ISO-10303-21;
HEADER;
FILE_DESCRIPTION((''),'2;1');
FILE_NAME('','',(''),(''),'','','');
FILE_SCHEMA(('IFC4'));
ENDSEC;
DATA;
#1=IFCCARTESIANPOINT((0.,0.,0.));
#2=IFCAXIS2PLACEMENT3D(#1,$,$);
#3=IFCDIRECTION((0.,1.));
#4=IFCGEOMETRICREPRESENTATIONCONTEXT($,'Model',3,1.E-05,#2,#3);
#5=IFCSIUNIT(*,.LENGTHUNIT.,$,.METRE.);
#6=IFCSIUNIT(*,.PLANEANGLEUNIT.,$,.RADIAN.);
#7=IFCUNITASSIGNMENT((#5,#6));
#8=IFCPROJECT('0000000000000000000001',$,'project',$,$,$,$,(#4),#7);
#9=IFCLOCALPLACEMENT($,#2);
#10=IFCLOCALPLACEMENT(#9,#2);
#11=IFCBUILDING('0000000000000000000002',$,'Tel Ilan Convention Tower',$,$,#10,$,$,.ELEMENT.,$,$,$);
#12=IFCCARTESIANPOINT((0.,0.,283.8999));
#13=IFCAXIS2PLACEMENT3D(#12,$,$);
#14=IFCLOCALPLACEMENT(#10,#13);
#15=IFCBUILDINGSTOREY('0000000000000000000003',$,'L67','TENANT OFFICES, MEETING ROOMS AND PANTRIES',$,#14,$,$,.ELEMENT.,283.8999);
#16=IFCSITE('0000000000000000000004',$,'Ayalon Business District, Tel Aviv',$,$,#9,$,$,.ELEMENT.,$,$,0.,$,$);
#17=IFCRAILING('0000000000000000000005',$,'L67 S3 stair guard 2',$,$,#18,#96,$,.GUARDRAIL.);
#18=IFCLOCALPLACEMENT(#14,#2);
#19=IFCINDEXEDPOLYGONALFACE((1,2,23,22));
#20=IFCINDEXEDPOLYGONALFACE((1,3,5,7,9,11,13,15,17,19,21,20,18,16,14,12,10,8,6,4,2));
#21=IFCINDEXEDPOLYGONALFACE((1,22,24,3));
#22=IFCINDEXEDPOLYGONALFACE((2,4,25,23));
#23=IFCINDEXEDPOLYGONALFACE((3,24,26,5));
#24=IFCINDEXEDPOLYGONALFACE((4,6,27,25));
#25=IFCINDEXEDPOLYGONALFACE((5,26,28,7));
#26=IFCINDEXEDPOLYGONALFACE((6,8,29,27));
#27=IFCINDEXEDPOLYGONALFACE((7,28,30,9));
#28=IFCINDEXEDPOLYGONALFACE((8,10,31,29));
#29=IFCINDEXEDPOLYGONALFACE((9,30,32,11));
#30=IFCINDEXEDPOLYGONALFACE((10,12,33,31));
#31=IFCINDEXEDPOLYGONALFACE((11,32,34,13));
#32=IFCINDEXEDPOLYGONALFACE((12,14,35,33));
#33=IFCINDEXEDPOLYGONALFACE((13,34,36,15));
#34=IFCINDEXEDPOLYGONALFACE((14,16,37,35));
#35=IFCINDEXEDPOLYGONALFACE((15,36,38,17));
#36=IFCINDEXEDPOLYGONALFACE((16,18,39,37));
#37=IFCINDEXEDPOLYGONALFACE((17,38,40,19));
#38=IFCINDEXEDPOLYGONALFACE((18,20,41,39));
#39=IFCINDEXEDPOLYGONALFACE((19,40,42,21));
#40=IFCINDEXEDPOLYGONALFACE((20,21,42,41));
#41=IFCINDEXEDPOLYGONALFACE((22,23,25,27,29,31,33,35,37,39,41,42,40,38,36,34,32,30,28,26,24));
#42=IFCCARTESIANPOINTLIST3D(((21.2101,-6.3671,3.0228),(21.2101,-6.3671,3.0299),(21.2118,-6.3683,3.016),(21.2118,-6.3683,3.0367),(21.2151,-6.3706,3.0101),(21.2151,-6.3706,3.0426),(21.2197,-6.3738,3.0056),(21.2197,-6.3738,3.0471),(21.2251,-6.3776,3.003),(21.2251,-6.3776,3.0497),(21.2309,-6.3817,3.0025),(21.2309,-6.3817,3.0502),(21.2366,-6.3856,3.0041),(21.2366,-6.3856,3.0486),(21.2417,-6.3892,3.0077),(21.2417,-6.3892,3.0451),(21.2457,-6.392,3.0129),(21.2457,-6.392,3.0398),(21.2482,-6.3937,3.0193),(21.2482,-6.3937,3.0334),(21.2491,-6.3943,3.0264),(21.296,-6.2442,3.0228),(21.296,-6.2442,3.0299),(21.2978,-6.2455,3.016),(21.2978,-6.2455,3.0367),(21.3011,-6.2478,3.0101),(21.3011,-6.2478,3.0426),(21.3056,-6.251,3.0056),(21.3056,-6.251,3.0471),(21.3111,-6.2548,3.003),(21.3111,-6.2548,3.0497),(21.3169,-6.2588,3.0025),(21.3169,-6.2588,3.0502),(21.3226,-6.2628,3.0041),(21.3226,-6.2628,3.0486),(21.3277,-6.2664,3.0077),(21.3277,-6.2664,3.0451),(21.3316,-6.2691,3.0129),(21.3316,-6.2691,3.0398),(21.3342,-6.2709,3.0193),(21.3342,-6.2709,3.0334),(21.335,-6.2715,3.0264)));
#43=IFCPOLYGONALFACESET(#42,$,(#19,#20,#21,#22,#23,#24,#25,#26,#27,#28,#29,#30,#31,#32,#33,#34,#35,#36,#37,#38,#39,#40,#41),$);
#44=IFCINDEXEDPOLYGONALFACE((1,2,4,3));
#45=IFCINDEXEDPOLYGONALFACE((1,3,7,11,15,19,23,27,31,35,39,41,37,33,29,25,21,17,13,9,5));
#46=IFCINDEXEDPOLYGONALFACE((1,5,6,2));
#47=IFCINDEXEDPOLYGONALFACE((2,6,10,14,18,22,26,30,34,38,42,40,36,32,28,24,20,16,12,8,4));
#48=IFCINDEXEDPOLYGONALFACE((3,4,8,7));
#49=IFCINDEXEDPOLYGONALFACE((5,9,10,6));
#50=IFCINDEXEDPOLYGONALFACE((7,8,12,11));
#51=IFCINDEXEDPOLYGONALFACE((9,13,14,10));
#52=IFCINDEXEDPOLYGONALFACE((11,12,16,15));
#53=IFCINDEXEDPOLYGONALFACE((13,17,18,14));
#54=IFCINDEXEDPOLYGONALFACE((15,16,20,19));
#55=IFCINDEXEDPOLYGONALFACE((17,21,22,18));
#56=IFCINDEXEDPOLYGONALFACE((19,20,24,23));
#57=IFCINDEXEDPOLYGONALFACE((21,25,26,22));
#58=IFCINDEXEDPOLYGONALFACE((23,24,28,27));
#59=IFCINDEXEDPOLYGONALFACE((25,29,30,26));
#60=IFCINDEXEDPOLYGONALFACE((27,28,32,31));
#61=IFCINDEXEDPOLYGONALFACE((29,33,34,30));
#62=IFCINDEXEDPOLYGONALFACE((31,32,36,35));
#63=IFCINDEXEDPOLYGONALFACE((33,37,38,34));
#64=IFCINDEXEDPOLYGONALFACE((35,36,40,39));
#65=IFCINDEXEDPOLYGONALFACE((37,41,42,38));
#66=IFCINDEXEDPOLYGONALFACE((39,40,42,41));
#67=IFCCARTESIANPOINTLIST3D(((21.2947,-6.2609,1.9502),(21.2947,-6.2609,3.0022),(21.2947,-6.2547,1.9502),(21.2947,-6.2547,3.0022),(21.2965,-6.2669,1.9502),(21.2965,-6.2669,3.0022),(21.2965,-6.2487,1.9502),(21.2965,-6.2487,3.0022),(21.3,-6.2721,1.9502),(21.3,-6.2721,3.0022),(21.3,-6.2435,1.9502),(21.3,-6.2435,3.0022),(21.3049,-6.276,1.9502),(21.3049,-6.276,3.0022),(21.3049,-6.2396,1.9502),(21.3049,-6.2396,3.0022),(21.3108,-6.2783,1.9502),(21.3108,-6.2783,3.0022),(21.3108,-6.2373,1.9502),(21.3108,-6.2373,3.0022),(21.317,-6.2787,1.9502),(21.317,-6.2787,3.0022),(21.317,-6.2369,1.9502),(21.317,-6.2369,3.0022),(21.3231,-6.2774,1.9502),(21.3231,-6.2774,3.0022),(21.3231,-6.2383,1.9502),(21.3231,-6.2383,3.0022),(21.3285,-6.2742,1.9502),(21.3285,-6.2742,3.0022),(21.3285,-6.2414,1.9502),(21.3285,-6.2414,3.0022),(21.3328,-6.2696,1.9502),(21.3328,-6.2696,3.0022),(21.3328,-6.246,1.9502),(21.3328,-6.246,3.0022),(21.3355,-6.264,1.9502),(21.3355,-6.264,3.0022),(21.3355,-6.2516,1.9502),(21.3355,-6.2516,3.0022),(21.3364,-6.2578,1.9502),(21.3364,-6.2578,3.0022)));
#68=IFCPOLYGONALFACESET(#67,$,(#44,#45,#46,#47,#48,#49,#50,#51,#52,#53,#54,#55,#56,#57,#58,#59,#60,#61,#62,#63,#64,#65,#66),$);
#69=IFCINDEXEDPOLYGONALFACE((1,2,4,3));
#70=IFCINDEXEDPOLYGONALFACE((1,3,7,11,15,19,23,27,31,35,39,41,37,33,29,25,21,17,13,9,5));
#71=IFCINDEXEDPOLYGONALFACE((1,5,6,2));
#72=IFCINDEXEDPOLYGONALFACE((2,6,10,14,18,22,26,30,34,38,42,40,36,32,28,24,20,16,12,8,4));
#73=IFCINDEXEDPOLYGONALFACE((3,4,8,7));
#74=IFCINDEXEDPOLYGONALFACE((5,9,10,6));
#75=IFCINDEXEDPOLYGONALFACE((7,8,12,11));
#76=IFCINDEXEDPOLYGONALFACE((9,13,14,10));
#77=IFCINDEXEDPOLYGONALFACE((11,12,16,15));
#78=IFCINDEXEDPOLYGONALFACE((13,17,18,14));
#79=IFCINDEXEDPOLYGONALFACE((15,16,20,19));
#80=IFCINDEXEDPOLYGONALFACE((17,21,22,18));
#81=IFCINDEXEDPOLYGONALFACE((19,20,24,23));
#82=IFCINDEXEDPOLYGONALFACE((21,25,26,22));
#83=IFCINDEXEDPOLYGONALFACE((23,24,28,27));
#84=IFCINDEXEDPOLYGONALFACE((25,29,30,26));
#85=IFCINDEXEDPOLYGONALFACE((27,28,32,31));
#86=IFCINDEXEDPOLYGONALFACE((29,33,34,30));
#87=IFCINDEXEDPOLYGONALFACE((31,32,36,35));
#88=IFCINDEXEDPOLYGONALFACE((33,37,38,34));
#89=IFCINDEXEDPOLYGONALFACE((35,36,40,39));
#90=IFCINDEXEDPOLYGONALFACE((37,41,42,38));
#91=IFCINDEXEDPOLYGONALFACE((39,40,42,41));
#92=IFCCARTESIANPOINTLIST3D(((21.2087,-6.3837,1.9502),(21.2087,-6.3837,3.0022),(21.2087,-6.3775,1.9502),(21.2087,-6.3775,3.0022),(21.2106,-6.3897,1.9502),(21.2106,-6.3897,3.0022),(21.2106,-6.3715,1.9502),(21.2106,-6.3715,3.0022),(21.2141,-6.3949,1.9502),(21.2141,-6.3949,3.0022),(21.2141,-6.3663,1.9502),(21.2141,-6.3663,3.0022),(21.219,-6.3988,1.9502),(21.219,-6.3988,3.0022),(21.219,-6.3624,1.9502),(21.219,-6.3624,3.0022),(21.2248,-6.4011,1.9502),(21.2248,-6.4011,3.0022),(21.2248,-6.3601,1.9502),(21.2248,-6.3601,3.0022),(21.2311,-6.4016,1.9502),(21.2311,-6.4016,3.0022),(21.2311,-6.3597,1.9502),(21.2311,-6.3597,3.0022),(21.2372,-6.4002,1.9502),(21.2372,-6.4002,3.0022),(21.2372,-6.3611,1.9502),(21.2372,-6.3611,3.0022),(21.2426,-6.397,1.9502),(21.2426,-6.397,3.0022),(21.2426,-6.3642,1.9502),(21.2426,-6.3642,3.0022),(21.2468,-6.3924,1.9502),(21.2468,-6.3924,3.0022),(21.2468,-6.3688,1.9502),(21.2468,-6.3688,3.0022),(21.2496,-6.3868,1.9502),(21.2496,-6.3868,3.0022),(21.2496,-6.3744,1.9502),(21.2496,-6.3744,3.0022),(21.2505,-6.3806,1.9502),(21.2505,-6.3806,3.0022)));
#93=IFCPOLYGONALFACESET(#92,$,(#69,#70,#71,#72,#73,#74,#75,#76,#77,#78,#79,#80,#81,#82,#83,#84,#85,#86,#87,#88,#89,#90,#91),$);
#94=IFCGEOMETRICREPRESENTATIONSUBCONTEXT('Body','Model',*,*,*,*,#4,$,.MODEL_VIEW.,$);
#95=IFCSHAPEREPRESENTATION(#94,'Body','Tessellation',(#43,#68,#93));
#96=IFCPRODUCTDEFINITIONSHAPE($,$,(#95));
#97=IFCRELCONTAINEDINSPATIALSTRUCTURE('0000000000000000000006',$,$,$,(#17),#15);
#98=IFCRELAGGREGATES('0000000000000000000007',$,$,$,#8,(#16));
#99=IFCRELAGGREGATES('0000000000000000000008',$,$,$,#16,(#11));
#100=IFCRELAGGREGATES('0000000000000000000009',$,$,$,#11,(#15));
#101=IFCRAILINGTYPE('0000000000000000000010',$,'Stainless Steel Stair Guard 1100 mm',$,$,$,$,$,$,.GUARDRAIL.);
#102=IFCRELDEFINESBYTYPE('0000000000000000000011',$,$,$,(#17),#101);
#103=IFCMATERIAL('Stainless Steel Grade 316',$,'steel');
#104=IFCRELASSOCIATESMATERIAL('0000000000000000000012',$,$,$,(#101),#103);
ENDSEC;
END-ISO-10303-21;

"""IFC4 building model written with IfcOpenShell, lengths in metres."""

from ifc_helpers import new_model, si_unit, direction, frame, origin, origin_2d, place, context, subcontext, project, spatial, circle, extrude, material, type_object, element, save


model = new_model("IFC4")

# Units and contexts
model_context = context("Model", 3, precision=1e-05, world=origin(), true_north=direction((0.0, 1.0)))
body_context = subcontext(model_context, "Body", "Model", "MODEL_VIEW")
ifc_project = project(units=[si_unit("LENGTHUNIT", "METRE"), si_unit("PLANEANGLEUNIT", "RADIAN")], contexts=[model_context])

# Site, building, storey
site_placement = place(None, origin())
site = spatial("IfcSite", under=ifc_project, at=site_placement, Name="Ayalon Business District, Tel Aviv", CompositionType="ELEMENT", RefElevation=0.0)
building_placement = place(site_placement, origin())
building = spatial("IfcBuilding", under=site, at=building_placement, Name="Tel Ilan Convention Tower", CompositionType="ELEMENT")
storey_placement = place(building_placement, frame((0.0, 0.0, 283.8999)))
storey = spatial("IfcBuildingStorey", under=building, at=storey_placement, Name="L67", Description="TENANT OFFICES, MEETING ROOMS AND PANTRIES", CompositionType="ELEMENT", Elevation=283.8999)

# Railing
ifc_material_1 = material(Name="Stainless Steel Grade 316", Category="steel")
railing_type_1 = type_object("IfcRailingType", Name="Stainless Steel Stair Guard 1100 mm", PredefinedType="GUARDRAIL", material=ifc_material_1)
railing_1_placement = place(storey_placement, frame((21.3154, -6.2578, 1.9502)))
element("IfcRailing", 1, at=railing_1_placement, inside=storey, type_object=railing_type_1, Name="L67 S3 stair guard 2", PredefinedType="GUARDRAIL", context=body_context, shape_type="SweptSolid", body=[
    extrude(circle(Radius=0.0239, at=origin_2d()), frame((0.0, 0.0, 1.0762), z_axis=(-0.573353, -0.819308, 0.0), x_axis=(0.819308, -0.573353, 0.0)), (0.0, 0.0, 1.0), 0.1499),
    extrude(circle(Radius=0.021, at=origin_2d()), origin(), (0.0, 0.0, 1.0), 1.052),
    extrude(circle(Radius=0.021, at=origin_2d()), frame((-0.0859, -0.1228, 0.0)), (0.0, 0.0, 1.0), 1.052),
])

save(model, "model.ifc")
